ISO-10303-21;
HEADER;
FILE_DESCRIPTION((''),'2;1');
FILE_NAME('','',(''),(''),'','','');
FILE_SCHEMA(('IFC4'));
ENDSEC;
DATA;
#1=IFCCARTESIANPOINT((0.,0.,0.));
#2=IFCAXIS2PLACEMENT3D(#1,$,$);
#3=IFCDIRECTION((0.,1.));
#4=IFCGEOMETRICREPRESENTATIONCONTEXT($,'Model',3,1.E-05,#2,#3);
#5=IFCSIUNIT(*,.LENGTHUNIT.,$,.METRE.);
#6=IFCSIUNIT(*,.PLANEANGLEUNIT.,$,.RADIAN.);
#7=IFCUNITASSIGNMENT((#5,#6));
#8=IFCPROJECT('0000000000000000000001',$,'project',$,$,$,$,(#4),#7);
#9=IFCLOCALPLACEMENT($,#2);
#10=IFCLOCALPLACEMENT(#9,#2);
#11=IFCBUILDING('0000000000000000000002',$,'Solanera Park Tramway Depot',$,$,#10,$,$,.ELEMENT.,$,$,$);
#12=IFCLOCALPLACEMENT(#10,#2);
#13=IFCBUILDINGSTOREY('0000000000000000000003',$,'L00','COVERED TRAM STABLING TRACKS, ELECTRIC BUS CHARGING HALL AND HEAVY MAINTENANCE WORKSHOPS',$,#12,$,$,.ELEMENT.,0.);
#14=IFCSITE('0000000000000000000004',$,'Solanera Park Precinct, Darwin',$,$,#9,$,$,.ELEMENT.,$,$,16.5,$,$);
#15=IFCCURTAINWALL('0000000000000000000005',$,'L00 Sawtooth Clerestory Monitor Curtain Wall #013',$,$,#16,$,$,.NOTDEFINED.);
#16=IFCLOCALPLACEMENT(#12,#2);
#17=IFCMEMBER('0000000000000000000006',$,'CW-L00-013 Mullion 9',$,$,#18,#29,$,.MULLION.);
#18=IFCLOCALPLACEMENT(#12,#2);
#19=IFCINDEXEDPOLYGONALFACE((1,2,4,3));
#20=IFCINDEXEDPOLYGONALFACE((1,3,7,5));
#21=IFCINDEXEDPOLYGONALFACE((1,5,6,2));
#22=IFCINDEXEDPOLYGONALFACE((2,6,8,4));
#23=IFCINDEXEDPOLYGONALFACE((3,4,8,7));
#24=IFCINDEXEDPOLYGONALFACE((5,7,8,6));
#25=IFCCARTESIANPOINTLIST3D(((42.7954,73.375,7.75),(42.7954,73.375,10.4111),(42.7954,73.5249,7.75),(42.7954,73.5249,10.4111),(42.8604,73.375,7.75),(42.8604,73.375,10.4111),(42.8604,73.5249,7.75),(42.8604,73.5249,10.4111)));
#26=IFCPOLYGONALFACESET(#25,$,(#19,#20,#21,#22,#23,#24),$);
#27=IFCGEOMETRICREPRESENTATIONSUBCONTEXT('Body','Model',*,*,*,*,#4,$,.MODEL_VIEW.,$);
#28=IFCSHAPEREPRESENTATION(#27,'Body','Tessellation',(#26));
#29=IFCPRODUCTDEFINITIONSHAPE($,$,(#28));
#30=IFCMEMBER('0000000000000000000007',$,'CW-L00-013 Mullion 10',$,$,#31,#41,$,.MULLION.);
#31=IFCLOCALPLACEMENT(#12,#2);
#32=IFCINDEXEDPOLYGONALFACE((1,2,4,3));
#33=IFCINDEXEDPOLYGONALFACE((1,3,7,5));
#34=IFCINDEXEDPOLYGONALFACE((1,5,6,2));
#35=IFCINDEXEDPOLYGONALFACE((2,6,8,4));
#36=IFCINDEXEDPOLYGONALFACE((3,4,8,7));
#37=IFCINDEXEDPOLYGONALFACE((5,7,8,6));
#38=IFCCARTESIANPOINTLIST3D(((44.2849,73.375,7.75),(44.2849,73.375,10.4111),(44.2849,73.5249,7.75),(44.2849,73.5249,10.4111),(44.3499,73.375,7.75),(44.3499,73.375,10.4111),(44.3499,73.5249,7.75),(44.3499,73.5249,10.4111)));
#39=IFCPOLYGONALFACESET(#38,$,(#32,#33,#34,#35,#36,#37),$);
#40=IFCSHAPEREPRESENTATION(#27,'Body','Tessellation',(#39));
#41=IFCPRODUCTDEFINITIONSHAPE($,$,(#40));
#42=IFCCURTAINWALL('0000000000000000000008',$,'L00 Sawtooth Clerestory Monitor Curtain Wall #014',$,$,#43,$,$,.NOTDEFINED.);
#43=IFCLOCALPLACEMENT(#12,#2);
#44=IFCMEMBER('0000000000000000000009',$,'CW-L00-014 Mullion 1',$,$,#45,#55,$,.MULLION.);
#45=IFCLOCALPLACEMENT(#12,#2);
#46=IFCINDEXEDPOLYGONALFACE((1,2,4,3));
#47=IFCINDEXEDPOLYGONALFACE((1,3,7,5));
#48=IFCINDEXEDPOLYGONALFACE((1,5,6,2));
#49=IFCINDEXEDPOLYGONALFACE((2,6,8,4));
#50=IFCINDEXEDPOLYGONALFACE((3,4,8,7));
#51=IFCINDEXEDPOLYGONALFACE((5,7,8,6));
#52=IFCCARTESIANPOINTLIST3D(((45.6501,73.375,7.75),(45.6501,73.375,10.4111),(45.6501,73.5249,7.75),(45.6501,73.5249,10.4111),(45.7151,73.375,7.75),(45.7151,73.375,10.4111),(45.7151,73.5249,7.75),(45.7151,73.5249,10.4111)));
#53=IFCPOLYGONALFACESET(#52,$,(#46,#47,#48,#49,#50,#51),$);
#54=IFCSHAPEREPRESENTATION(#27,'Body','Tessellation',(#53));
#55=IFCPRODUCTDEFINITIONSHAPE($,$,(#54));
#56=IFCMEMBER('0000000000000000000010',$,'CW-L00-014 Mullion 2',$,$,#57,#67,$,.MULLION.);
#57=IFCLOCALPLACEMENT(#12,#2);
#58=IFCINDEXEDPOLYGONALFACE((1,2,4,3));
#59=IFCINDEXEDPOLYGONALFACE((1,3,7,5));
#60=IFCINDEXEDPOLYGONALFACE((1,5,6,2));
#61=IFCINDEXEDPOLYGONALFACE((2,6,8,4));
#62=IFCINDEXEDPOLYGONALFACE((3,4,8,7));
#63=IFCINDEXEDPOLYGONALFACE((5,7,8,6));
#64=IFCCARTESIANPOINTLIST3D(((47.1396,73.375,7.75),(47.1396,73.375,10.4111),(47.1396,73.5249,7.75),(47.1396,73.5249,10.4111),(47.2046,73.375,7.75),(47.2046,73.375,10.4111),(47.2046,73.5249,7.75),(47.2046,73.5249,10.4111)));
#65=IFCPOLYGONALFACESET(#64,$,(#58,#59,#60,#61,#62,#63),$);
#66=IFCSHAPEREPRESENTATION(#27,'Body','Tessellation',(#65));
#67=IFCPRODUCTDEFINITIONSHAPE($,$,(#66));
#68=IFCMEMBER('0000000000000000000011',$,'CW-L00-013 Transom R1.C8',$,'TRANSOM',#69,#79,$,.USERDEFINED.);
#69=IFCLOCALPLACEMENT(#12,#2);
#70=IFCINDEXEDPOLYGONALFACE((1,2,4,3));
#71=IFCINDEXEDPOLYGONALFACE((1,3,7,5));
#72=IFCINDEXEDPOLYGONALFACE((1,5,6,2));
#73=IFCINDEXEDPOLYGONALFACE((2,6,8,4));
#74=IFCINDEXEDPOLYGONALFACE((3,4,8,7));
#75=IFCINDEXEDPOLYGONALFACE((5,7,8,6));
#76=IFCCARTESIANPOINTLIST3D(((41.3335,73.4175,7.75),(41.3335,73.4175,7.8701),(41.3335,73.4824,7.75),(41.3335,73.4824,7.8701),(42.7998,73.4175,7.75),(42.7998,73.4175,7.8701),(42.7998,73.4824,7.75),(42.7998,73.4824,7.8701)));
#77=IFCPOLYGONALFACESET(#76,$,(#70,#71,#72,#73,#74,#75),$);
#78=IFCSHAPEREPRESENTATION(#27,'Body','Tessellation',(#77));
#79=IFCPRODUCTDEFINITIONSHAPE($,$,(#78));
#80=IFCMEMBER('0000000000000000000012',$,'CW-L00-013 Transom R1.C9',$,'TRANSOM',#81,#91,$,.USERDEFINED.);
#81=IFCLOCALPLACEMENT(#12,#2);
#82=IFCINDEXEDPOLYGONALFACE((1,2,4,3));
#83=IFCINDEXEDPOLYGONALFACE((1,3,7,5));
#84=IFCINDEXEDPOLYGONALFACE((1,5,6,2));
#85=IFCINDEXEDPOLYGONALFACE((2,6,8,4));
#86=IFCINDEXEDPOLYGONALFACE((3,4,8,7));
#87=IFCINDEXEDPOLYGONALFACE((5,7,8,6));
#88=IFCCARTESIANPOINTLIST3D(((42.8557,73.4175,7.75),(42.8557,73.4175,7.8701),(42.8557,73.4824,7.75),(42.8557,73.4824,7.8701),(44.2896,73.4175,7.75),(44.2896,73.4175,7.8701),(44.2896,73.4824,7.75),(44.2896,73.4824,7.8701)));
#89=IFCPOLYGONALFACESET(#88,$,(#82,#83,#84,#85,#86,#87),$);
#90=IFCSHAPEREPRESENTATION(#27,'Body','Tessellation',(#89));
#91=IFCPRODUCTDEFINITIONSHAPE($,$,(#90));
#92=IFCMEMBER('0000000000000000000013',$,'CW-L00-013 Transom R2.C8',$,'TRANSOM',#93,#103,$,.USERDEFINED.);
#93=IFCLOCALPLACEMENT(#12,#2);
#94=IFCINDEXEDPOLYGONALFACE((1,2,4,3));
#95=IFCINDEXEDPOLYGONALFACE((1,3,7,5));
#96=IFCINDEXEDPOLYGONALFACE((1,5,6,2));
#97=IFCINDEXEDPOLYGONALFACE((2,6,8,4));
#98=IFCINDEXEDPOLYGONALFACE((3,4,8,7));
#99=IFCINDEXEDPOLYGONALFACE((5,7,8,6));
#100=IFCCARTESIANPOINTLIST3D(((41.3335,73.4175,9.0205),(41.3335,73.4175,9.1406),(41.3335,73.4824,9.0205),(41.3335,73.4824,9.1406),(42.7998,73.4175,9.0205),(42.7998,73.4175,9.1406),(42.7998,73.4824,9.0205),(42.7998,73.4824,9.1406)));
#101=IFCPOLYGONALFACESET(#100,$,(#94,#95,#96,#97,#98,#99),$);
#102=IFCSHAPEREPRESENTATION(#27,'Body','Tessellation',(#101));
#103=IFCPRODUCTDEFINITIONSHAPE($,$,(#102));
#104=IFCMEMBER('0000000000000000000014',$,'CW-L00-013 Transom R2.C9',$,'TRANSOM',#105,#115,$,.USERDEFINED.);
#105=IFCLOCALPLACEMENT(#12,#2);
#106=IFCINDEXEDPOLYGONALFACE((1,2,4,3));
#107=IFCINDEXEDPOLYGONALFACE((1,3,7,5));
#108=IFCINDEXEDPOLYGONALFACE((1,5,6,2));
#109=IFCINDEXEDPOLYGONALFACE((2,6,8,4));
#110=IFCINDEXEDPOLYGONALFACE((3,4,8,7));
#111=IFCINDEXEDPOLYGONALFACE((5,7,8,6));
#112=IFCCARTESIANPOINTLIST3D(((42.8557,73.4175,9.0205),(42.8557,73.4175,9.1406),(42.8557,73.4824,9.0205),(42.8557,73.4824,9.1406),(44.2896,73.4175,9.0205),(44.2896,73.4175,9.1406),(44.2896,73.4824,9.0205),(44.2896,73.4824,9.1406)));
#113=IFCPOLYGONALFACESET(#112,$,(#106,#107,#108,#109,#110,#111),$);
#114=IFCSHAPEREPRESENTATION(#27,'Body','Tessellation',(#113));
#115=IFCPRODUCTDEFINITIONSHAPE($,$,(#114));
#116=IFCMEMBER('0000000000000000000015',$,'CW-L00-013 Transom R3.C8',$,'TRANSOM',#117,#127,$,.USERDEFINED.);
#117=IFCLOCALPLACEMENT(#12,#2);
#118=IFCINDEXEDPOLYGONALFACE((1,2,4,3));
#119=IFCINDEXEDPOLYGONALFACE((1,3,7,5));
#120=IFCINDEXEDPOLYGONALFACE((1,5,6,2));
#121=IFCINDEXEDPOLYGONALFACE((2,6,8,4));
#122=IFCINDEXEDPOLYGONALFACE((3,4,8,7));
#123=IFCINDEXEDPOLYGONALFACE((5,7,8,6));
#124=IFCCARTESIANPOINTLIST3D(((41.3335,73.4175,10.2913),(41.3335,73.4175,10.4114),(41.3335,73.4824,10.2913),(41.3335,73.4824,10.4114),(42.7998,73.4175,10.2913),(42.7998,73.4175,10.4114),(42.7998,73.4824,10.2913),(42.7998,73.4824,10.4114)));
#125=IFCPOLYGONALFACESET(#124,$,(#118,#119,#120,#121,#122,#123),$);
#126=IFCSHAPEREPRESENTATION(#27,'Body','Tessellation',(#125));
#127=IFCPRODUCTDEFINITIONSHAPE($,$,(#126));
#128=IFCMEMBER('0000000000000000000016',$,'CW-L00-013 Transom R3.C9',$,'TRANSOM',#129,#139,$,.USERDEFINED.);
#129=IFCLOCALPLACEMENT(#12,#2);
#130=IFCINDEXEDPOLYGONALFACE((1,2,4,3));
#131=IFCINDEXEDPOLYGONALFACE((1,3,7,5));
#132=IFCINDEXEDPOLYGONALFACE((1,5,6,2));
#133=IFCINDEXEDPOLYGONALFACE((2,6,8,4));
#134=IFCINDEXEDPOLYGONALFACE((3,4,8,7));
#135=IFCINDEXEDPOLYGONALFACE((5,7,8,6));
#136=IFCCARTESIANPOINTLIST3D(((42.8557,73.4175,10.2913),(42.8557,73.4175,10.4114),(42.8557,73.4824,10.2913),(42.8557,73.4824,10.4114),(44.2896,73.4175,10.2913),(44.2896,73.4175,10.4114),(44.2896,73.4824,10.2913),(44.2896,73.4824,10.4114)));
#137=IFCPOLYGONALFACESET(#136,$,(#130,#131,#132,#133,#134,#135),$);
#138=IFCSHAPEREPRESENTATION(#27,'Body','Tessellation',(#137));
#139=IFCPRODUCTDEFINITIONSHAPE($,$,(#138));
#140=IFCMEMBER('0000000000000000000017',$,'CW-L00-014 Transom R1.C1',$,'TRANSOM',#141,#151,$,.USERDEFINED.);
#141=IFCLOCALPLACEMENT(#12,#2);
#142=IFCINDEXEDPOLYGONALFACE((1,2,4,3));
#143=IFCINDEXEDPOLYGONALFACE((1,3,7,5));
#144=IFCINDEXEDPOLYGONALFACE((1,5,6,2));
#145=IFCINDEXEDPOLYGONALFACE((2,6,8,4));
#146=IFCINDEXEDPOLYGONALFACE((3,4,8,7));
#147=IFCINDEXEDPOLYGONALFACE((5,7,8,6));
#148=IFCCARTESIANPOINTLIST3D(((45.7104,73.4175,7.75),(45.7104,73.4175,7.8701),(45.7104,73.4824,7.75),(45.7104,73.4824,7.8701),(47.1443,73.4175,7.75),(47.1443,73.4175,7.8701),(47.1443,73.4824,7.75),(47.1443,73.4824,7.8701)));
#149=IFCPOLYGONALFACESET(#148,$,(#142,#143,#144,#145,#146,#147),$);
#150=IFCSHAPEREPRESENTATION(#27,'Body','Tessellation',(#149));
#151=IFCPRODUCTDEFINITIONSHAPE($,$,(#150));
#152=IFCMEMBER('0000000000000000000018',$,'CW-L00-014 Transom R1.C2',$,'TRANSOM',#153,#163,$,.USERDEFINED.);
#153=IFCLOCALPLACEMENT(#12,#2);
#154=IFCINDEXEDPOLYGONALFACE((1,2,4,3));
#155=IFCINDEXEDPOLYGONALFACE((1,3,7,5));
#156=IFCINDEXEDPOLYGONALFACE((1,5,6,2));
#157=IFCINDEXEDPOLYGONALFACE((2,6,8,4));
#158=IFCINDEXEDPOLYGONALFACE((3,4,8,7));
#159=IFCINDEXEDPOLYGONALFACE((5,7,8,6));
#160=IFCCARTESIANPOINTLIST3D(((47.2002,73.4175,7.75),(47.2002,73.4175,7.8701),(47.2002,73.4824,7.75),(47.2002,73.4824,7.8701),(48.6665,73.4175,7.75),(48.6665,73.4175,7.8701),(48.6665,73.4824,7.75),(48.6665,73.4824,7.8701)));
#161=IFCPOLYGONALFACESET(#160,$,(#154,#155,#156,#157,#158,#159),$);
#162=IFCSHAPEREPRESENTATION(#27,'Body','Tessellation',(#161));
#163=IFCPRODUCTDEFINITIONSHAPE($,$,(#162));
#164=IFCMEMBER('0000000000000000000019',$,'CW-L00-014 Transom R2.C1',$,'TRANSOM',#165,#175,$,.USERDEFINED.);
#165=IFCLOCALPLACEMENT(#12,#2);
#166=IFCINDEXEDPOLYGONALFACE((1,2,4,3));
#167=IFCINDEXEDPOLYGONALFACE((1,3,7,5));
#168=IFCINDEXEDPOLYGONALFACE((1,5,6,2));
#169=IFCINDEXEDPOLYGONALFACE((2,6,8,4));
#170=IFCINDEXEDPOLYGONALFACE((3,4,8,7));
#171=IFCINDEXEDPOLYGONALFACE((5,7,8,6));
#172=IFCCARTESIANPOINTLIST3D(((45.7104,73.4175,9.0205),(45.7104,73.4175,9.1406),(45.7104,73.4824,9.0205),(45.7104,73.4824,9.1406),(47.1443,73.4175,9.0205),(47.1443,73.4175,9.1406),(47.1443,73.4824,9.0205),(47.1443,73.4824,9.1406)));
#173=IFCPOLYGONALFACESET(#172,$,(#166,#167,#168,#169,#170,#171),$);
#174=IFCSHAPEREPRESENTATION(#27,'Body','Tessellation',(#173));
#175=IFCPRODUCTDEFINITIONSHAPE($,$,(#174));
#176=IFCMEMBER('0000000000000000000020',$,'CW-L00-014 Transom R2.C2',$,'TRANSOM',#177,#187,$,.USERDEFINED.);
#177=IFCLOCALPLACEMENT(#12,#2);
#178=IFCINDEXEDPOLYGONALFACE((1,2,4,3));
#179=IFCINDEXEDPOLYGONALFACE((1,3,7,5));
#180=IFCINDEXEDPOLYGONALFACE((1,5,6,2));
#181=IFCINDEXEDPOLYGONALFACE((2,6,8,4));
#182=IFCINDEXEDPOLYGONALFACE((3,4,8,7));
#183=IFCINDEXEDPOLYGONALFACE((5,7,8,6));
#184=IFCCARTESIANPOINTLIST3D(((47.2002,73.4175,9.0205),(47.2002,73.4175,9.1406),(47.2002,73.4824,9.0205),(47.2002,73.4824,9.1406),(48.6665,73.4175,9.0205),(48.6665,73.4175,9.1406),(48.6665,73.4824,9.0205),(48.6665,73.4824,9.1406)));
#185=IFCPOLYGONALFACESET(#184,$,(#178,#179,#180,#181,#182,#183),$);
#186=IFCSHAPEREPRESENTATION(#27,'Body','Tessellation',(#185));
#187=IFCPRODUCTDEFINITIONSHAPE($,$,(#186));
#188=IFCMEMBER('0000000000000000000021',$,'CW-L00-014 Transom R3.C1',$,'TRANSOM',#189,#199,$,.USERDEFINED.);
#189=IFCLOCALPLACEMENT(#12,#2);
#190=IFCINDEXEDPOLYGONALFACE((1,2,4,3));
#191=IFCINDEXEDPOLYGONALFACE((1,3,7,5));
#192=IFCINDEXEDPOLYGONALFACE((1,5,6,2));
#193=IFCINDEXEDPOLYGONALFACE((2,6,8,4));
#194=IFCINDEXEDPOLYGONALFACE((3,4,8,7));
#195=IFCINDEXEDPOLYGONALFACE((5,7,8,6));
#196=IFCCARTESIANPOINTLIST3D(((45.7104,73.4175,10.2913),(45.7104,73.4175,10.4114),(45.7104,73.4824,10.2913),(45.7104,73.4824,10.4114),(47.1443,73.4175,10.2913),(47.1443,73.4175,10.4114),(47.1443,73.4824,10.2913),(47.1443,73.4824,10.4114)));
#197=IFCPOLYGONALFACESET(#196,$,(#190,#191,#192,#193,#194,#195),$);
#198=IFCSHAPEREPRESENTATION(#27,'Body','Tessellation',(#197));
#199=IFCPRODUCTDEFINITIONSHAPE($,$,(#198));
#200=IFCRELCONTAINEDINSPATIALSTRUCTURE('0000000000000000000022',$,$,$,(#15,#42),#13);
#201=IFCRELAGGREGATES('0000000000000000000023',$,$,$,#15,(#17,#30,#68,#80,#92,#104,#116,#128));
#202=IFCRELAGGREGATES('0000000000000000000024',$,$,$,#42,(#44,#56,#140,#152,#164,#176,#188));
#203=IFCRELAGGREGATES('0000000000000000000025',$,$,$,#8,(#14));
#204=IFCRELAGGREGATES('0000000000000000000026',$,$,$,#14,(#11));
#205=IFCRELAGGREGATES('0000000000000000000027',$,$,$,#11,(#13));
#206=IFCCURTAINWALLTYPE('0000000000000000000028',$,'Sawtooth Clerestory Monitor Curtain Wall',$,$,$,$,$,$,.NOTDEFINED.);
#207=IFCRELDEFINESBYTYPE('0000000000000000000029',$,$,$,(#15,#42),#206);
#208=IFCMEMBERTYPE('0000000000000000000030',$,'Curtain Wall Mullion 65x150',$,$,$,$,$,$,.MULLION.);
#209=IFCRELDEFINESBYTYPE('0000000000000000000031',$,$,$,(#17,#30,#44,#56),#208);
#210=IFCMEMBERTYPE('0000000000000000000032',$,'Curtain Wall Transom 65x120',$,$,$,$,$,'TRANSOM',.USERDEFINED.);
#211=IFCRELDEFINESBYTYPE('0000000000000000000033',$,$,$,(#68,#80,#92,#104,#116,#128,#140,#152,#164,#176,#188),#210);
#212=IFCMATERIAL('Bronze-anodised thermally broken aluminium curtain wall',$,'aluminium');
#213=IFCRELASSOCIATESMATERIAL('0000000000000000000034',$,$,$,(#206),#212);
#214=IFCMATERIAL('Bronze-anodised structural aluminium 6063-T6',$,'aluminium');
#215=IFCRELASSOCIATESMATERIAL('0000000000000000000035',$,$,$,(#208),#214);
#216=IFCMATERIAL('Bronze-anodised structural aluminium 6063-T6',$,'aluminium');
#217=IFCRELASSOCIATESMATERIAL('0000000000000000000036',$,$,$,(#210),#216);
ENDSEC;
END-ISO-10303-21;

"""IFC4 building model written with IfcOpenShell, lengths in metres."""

from ifc_helpers import new_model, si_unit, direction, frame, origin, origin_2d, place, context, subcontext, project, spatial, rectangle, extrude, material, material_profile, profile_set, type_object, element, aggregate, save


model = new_model("IFC4")

# Units and contexts
model_context = context("Model", 3, precision=1e-05, world=origin(), true_north=direction((0.0, 1.0)))
body_context = subcontext(model_context, "Body", "Model", "MODEL_VIEW")
ifc_project = project(units=[si_unit("LENGTHUNIT", "METRE"), si_unit("PLANEANGLEUNIT", "RADIAN")], contexts=[model_context])

# Site, building, storey
site_placement = place(None, origin())
site = spatial("IfcSite", under=ifc_project, at=site_placement, Name="Solanera Park Precinct, Darwin", CompositionType="ELEMENT", RefElevation=16.5)
building_placement = place(site_placement, origin())
building = spatial("IfcBuilding", under=site, at=building_placement, Name="Solanera Park Tramway Depot", CompositionType="ELEMENT")
storey_placement = place(building_placement, origin())
storey = spatial("IfcBuildingStorey", under=building, at=storey_placement, Name="L00", Description="COVERED TRAM STABLING TRACKS, ELECTRIC BUS CHARGING HALL AND HEAVY MAINTENANCE WORKSHOPS", CompositionType="ELEMENT", Elevation=0.0)

# Curtain walls, members
ifc_material_1 = material(Name="Bronze-anodised thermally broken aluminium curtain wall", Category="aluminium")
curtain_wall_type = type_object("IfcCurtainWallType", Name="Sawtooth Clerestory Monitor Curtain Wall", PredefinedType="NOTDEFINED", material=ifc_material_1)
curtain_wall_1_placement = place(storey_placement, origin())
curtain_wall_1 = element("IfcCurtainWall", 1, at=curtain_wall_1_placement, inside=storey, type_object=curtain_wall_type, Name="L00 Sawtooth Clerestory Monitor Curtain Wall #013", PredefinedType="NOTDEFINED")
ifc_material_2 = material(Name="Bronze-anodised structural aluminium 6063-T6", Category="aluminium")
ifc_material_profile_1 = material_profile(ifc_material_2, rectangle(XDim=0.0649, YDim=0.1499, at=origin_2d()), Name="Curtain Wall Mullion 65x150")
ifc_profile_set_1 = profile_set([ifc_material_profile_1], Name="Bronze-anodised structural aluminium 6063-T6")
member_type_1 = type_object("IfcMemberType", Name="Curtain Wall Mullion 65x150", PredefinedType="MULLION", material=ifc_profile_set_1)
member_1_placement = place(storey_placement, frame((42.8279, 73.45, 7.75), z_axis=(0.0, 0.0, 1.0), x_axis=(1.0, 0.0, 0.0)))
member_1 = element("IfcMember", 2, at=member_1_placement, type_object=member_type_1, Name="CW-L00-013 Mullion 9", PredefinedType="MULLION", context=body_context, shape_type="SweptSolid", body=[
    extrude(rectangle(XDim=0.0649, YDim=0.1499, at=origin_2d()), origin(), (0.0, 0.0, 1.0), 2.6611),
])
member_2_placement = place(storey_placement, frame((44.3174, 73.45, 7.75), z_axis=(0.0, 0.0, 1.0), x_axis=(1.0, 0.0, 0.0)))
member_2 = element("IfcMember", 3, at=member_2_placement, type_object=member_type_1, Name="CW-L00-013 Mullion 10", PredefinedType="MULLION", context=body_context, shape_type="SweptSolid", body=[
    extrude(rectangle(XDim=0.0649, YDim=0.1499, at=origin_2d()), origin(), (0.0, 0.0, 1.0), 2.6611),
])
curtain_wall_2_placement = place(storey_placement, origin())
curtain_wall_2 = element("IfcCurtainWall", 4, at=curtain_wall_2_placement, inside=storey, type_object=curtain_wall_type, Name="L00 Sawtooth Clerestory Monitor Curtain Wall #014", PredefinedType="NOTDEFINED")
member_3_placement = place(storey_placement, frame((45.6826, 73.45, 7.75), z_axis=(0.0, 0.0, 1.0), x_axis=(1.0, 0.0, 0.0)))
member_3 = element("IfcMember", 5, at=member_3_placement, type_object=member_type_1, Name="CW-L00-014 Mullion 1", PredefinedType="MULLION", context=body_context, shape_type="SweptSolid", body=[
    extrude(rectangle(XDim=0.0649, YDim=0.1499, at=origin_2d()), origin(), (0.0, 0.0, 1.0), 2.6611),
])
member_4_placement = place(storey_placement, frame((47.1721, 73.45, 7.75), z_axis=(0.0, 0.0, 1.0), x_axis=(1.0, 0.0, 0.0)))
member_4 = element("IfcMember", 6, at=member_4_placement, type_object=member_type_1, Name="CW-L00-014 Mullion 2", PredefinedType="MULLION", context=body_context, shape_type="SweptSolid", body=[
    extrude(rectangle(XDim=0.0649, YDim=0.1499, at=origin_2d()), origin(), (0.0, 0.0, 1.0), 2.6611),
])

# Members
ifc_material_3 = material(Name="Bronze-anodised structural aluminium 6063-T6", Category="aluminium")
ifc_material_profile_2 = material_profile(ifc_material_3, rectangle(XDim=0.0649, YDim=0.1201, at=origin_2d()), Name="Curtain Wall Transom 65x120")
ifc_profile_set_2 = profile_set([ifc_material_profile_2], Name="Bronze-anodised structural aluminium 6063-T6")
member_type_2 = type_object("IfcMemberType", Name="Curtain Wall Transom 65x120", ElementType="TRANSOM", PredefinedType="USERDEFINED", material=ifc_profile_set_2)
member_5_placement = place(storey_placement, frame((41.3335, 73.45, 7.8101), z_axis=(1.0, 0.0, 0.0), x_axis=(0.0, 1.0, 0.0)))
member_5 = element("IfcMember", 7, at=member_5_placement, type_object=member_type_2, Name="CW-L00-013 Transom R1.C8", ObjectType="TRANSOM", PredefinedType="USERDEFINED", context=body_context, shape_type="SweptSolid", body=[
    extrude(rectangle(XDim=0.0649, YDim=0.1201, at=origin_2d()), origin(), (0.0, 0.0, 1.0), 1.4663),
])
member_6_placement = place(storey_placement, frame((42.8557, 73.45, 7.8101), z_axis=(1.0, 0.0, 0.0), x_axis=(0.0, 1.0, 0.0)))
member_6 = element("IfcMember", 8, at=member_6_placement, type_object=member_type_2, Name="CW-L00-013 Transom R1.C9", ObjectType="TRANSOM", PredefinedType="USERDEFINED", context=body_context, shape_type="SweptSolid", body=[
    extrude(rectangle(XDim=0.0649, YDim=0.1201, at=origin_2d()), origin(), (0.0, 0.0, 1.0), 1.4338),
])
member_7_placement = place(storey_placement, frame((41.3335, 73.45, 9.0806), z_axis=(1.0, 0.0, 0.0), x_axis=(0.0, 1.0, 0.0)))
member_7 = element("IfcMember", 9, at=member_7_placement, type_object=member_type_2, Name="CW-L00-013 Transom R2.C8", ObjectType="TRANSOM", PredefinedType="USERDEFINED", context=body_context, shape_type="SweptSolid", body=[
    extrude(rectangle(XDim=0.0649, YDim=0.1201, at=origin_2d()), origin(), (0.0, 0.0, 1.0), 1.4663),
])
member_8_placement = place(storey_placement, frame((42.8557, 73.45, 9.0806), z_axis=(1.0, 0.0, 0.0), x_axis=(0.0, 1.0, 0.0)))
member_8 = element("IfcMember", 10, at=member_8_placement, type_object=member_type_2, Name="CW-L00-013 Transom R2.C9", ObjectType="TRANSOM", PredefinedType="USERDEFINED", context=body_context, shape_type="SweptSolid", body=[
    extrude(rectangle(XDim=0.0649, YDim=0.1201, at=origin_2d()), origin(), (0.0, 0.0, 1.0), 1.4338),
])
member_9_placement = place(storey_placement, frame((41.3335, 73.45, 10.3513), z_axis=(1.0, 0.0, 0.0), x_axis=(0.0, 1.0, 0.0)))
member_9 = element("IfcMember", 11, at=member_9_placement, type_object=member_type_2, Name="CW-L00-013 Transom R3.C8", ObjectType="TRANSOM", PredefinedType="USERDEFINED", context=body_context, shape_type="SweptSolid", body=[
    extrude(rectangle(XDim=0.0649, YDim=0.1201, at=origin_2d()), origin(), (0.0, 0.0, 1.0), 1.4663),
])
member_10_placement = place(storey_placement, frame((42.8557, 73.45, 10.3513), z_axis=(1.0, 0.0, 0.0), x_axis=(0.0, 1.0, 0.0)))
member_10 = element("IfcMember", 12, at=member_10_placement, type_object=member_type_2, Name="CW-L00-013 Transom R3.C9", ObjectType="TRANSOM", PredefinedType="USERDEFINED", context=body_context, shape_type="SweptSolid", body=[
    extrude(rectangle(XDim=0.0649, YDim=0.1201, at=origin_2d()), origin(), (0.0, 0.0, 1.0), 1.4338),
])
member_11_placement = place(storey_placement, frame((45.7104, 73.45, 7.8101), z_axis=(1.0, 0.0, 0.0), x_axis=(0.0, 1.0, 0.0)))
member_11 = element("IfcMember", 13, at=member_11_placement, type_object=member_type_2, Name="CW-L00-014 Transom R1.C1", ObjectType="TRANSOM", PredefinedType="USERDEFINED", context=body_context, shape_type="SweptSolid", body=[
    extrude(rectangle(XDim=0.0649, YDim=0.1201, at=origin_2d()), origin(), (0.0, 0.0, 1.0), 1.4338),
])
member_12_placement = place(storey_placement, frame((47.2002, 73.45, 7.8101), z_axis=(1.0, 0.0, 0.0), x_axis=(0.0, 1.0, 0.0)))
member_12 = element("IfcMember", 14, at=member_12_placement, type_object=member_type_2, Name="CW-L00-014 Transom R1.C2", ObjectType="TRANSOM", PredefinedType="USERDEFINED", context=body_context, shape_type="SweptSolid", body=[
    extrude(rectangle(XDim=0.0649, YDim=0.1201, at=origin_2d()), origin(), (0.0, 0.0, 1.0), 1.4663),
])
member_13_placement = place(storey_placement, frame((45.7104, 73.45, 9.0806), z_axis=(1.0, 0.0, 0.0), x_axis=(0.0, 1.0, 0.0)))
member_13 = element("IfcMember", 15, at=member_13_placement, type_object=member_type_2, Name="CW-L00-014 Transom R2.C1", ObjectType="TRANSOM", PredefinedType="USERDEFINED", context=body_context, shape_type="SweptSolid", body=[
    extrude(rectangle(XDim=0.0649, YDim=0.1201, at=origin_2d()), origin(), (0.0, 0.0, 1.0), 1.4338),
])
member_14_placement = place(storey_placement, frame((47.2002, 73.45, 9.0806), z_axis=(1.0, 0.0, 0.0), x_axis=(0.0, 1.0, 0.0)))
member_14 = element("IfcMember", 16, at=member_14_placement, type_object=member_type_2, Name="CW-L00-014 Transom R2.C2", ObjectType="TRANSOM", PredefinedType="USERDEFINED", context=body_context, shape_type="SweptSolid", body=[
    extrude(rectangle(XDim=0.0649, YDim=0.1201, at=origin_2d()), origin(), (0.0, 0.0, 1.0), 1.4663),
])
member_15_placement = place(storey_placement, frame((45.7104, 73.45, 10.3513), z_axis=(1.0, 0.0, 0.0), x_axis=(0.0, 1.0, 0.0)))
member_15 = element("IfcMember", 17, at=member_15_placement, type_object=member_type_2, Name="CW-L00-014 Transom R3.C1", ObjectType="TRANSOM", PredefinedType="USERDEFINED", context=body_context, shape_type="SweptSolid", body=[
    extrude(rectangle(XDim=0.0649, YDim=0.1201, at=origin_2d()), origin(), (0.0, 0.0, 1.0), 1.4338),
])

aggregate(curtain_wall_1, [member_1, member_2, member_5, member_6, member_7, member_8, member_9, member_10])
aggregate(curtain_wall_2, [member_3, member_4, member_11, member_12, member_13, member_14, member_15])

save(model, "model.ifc")
